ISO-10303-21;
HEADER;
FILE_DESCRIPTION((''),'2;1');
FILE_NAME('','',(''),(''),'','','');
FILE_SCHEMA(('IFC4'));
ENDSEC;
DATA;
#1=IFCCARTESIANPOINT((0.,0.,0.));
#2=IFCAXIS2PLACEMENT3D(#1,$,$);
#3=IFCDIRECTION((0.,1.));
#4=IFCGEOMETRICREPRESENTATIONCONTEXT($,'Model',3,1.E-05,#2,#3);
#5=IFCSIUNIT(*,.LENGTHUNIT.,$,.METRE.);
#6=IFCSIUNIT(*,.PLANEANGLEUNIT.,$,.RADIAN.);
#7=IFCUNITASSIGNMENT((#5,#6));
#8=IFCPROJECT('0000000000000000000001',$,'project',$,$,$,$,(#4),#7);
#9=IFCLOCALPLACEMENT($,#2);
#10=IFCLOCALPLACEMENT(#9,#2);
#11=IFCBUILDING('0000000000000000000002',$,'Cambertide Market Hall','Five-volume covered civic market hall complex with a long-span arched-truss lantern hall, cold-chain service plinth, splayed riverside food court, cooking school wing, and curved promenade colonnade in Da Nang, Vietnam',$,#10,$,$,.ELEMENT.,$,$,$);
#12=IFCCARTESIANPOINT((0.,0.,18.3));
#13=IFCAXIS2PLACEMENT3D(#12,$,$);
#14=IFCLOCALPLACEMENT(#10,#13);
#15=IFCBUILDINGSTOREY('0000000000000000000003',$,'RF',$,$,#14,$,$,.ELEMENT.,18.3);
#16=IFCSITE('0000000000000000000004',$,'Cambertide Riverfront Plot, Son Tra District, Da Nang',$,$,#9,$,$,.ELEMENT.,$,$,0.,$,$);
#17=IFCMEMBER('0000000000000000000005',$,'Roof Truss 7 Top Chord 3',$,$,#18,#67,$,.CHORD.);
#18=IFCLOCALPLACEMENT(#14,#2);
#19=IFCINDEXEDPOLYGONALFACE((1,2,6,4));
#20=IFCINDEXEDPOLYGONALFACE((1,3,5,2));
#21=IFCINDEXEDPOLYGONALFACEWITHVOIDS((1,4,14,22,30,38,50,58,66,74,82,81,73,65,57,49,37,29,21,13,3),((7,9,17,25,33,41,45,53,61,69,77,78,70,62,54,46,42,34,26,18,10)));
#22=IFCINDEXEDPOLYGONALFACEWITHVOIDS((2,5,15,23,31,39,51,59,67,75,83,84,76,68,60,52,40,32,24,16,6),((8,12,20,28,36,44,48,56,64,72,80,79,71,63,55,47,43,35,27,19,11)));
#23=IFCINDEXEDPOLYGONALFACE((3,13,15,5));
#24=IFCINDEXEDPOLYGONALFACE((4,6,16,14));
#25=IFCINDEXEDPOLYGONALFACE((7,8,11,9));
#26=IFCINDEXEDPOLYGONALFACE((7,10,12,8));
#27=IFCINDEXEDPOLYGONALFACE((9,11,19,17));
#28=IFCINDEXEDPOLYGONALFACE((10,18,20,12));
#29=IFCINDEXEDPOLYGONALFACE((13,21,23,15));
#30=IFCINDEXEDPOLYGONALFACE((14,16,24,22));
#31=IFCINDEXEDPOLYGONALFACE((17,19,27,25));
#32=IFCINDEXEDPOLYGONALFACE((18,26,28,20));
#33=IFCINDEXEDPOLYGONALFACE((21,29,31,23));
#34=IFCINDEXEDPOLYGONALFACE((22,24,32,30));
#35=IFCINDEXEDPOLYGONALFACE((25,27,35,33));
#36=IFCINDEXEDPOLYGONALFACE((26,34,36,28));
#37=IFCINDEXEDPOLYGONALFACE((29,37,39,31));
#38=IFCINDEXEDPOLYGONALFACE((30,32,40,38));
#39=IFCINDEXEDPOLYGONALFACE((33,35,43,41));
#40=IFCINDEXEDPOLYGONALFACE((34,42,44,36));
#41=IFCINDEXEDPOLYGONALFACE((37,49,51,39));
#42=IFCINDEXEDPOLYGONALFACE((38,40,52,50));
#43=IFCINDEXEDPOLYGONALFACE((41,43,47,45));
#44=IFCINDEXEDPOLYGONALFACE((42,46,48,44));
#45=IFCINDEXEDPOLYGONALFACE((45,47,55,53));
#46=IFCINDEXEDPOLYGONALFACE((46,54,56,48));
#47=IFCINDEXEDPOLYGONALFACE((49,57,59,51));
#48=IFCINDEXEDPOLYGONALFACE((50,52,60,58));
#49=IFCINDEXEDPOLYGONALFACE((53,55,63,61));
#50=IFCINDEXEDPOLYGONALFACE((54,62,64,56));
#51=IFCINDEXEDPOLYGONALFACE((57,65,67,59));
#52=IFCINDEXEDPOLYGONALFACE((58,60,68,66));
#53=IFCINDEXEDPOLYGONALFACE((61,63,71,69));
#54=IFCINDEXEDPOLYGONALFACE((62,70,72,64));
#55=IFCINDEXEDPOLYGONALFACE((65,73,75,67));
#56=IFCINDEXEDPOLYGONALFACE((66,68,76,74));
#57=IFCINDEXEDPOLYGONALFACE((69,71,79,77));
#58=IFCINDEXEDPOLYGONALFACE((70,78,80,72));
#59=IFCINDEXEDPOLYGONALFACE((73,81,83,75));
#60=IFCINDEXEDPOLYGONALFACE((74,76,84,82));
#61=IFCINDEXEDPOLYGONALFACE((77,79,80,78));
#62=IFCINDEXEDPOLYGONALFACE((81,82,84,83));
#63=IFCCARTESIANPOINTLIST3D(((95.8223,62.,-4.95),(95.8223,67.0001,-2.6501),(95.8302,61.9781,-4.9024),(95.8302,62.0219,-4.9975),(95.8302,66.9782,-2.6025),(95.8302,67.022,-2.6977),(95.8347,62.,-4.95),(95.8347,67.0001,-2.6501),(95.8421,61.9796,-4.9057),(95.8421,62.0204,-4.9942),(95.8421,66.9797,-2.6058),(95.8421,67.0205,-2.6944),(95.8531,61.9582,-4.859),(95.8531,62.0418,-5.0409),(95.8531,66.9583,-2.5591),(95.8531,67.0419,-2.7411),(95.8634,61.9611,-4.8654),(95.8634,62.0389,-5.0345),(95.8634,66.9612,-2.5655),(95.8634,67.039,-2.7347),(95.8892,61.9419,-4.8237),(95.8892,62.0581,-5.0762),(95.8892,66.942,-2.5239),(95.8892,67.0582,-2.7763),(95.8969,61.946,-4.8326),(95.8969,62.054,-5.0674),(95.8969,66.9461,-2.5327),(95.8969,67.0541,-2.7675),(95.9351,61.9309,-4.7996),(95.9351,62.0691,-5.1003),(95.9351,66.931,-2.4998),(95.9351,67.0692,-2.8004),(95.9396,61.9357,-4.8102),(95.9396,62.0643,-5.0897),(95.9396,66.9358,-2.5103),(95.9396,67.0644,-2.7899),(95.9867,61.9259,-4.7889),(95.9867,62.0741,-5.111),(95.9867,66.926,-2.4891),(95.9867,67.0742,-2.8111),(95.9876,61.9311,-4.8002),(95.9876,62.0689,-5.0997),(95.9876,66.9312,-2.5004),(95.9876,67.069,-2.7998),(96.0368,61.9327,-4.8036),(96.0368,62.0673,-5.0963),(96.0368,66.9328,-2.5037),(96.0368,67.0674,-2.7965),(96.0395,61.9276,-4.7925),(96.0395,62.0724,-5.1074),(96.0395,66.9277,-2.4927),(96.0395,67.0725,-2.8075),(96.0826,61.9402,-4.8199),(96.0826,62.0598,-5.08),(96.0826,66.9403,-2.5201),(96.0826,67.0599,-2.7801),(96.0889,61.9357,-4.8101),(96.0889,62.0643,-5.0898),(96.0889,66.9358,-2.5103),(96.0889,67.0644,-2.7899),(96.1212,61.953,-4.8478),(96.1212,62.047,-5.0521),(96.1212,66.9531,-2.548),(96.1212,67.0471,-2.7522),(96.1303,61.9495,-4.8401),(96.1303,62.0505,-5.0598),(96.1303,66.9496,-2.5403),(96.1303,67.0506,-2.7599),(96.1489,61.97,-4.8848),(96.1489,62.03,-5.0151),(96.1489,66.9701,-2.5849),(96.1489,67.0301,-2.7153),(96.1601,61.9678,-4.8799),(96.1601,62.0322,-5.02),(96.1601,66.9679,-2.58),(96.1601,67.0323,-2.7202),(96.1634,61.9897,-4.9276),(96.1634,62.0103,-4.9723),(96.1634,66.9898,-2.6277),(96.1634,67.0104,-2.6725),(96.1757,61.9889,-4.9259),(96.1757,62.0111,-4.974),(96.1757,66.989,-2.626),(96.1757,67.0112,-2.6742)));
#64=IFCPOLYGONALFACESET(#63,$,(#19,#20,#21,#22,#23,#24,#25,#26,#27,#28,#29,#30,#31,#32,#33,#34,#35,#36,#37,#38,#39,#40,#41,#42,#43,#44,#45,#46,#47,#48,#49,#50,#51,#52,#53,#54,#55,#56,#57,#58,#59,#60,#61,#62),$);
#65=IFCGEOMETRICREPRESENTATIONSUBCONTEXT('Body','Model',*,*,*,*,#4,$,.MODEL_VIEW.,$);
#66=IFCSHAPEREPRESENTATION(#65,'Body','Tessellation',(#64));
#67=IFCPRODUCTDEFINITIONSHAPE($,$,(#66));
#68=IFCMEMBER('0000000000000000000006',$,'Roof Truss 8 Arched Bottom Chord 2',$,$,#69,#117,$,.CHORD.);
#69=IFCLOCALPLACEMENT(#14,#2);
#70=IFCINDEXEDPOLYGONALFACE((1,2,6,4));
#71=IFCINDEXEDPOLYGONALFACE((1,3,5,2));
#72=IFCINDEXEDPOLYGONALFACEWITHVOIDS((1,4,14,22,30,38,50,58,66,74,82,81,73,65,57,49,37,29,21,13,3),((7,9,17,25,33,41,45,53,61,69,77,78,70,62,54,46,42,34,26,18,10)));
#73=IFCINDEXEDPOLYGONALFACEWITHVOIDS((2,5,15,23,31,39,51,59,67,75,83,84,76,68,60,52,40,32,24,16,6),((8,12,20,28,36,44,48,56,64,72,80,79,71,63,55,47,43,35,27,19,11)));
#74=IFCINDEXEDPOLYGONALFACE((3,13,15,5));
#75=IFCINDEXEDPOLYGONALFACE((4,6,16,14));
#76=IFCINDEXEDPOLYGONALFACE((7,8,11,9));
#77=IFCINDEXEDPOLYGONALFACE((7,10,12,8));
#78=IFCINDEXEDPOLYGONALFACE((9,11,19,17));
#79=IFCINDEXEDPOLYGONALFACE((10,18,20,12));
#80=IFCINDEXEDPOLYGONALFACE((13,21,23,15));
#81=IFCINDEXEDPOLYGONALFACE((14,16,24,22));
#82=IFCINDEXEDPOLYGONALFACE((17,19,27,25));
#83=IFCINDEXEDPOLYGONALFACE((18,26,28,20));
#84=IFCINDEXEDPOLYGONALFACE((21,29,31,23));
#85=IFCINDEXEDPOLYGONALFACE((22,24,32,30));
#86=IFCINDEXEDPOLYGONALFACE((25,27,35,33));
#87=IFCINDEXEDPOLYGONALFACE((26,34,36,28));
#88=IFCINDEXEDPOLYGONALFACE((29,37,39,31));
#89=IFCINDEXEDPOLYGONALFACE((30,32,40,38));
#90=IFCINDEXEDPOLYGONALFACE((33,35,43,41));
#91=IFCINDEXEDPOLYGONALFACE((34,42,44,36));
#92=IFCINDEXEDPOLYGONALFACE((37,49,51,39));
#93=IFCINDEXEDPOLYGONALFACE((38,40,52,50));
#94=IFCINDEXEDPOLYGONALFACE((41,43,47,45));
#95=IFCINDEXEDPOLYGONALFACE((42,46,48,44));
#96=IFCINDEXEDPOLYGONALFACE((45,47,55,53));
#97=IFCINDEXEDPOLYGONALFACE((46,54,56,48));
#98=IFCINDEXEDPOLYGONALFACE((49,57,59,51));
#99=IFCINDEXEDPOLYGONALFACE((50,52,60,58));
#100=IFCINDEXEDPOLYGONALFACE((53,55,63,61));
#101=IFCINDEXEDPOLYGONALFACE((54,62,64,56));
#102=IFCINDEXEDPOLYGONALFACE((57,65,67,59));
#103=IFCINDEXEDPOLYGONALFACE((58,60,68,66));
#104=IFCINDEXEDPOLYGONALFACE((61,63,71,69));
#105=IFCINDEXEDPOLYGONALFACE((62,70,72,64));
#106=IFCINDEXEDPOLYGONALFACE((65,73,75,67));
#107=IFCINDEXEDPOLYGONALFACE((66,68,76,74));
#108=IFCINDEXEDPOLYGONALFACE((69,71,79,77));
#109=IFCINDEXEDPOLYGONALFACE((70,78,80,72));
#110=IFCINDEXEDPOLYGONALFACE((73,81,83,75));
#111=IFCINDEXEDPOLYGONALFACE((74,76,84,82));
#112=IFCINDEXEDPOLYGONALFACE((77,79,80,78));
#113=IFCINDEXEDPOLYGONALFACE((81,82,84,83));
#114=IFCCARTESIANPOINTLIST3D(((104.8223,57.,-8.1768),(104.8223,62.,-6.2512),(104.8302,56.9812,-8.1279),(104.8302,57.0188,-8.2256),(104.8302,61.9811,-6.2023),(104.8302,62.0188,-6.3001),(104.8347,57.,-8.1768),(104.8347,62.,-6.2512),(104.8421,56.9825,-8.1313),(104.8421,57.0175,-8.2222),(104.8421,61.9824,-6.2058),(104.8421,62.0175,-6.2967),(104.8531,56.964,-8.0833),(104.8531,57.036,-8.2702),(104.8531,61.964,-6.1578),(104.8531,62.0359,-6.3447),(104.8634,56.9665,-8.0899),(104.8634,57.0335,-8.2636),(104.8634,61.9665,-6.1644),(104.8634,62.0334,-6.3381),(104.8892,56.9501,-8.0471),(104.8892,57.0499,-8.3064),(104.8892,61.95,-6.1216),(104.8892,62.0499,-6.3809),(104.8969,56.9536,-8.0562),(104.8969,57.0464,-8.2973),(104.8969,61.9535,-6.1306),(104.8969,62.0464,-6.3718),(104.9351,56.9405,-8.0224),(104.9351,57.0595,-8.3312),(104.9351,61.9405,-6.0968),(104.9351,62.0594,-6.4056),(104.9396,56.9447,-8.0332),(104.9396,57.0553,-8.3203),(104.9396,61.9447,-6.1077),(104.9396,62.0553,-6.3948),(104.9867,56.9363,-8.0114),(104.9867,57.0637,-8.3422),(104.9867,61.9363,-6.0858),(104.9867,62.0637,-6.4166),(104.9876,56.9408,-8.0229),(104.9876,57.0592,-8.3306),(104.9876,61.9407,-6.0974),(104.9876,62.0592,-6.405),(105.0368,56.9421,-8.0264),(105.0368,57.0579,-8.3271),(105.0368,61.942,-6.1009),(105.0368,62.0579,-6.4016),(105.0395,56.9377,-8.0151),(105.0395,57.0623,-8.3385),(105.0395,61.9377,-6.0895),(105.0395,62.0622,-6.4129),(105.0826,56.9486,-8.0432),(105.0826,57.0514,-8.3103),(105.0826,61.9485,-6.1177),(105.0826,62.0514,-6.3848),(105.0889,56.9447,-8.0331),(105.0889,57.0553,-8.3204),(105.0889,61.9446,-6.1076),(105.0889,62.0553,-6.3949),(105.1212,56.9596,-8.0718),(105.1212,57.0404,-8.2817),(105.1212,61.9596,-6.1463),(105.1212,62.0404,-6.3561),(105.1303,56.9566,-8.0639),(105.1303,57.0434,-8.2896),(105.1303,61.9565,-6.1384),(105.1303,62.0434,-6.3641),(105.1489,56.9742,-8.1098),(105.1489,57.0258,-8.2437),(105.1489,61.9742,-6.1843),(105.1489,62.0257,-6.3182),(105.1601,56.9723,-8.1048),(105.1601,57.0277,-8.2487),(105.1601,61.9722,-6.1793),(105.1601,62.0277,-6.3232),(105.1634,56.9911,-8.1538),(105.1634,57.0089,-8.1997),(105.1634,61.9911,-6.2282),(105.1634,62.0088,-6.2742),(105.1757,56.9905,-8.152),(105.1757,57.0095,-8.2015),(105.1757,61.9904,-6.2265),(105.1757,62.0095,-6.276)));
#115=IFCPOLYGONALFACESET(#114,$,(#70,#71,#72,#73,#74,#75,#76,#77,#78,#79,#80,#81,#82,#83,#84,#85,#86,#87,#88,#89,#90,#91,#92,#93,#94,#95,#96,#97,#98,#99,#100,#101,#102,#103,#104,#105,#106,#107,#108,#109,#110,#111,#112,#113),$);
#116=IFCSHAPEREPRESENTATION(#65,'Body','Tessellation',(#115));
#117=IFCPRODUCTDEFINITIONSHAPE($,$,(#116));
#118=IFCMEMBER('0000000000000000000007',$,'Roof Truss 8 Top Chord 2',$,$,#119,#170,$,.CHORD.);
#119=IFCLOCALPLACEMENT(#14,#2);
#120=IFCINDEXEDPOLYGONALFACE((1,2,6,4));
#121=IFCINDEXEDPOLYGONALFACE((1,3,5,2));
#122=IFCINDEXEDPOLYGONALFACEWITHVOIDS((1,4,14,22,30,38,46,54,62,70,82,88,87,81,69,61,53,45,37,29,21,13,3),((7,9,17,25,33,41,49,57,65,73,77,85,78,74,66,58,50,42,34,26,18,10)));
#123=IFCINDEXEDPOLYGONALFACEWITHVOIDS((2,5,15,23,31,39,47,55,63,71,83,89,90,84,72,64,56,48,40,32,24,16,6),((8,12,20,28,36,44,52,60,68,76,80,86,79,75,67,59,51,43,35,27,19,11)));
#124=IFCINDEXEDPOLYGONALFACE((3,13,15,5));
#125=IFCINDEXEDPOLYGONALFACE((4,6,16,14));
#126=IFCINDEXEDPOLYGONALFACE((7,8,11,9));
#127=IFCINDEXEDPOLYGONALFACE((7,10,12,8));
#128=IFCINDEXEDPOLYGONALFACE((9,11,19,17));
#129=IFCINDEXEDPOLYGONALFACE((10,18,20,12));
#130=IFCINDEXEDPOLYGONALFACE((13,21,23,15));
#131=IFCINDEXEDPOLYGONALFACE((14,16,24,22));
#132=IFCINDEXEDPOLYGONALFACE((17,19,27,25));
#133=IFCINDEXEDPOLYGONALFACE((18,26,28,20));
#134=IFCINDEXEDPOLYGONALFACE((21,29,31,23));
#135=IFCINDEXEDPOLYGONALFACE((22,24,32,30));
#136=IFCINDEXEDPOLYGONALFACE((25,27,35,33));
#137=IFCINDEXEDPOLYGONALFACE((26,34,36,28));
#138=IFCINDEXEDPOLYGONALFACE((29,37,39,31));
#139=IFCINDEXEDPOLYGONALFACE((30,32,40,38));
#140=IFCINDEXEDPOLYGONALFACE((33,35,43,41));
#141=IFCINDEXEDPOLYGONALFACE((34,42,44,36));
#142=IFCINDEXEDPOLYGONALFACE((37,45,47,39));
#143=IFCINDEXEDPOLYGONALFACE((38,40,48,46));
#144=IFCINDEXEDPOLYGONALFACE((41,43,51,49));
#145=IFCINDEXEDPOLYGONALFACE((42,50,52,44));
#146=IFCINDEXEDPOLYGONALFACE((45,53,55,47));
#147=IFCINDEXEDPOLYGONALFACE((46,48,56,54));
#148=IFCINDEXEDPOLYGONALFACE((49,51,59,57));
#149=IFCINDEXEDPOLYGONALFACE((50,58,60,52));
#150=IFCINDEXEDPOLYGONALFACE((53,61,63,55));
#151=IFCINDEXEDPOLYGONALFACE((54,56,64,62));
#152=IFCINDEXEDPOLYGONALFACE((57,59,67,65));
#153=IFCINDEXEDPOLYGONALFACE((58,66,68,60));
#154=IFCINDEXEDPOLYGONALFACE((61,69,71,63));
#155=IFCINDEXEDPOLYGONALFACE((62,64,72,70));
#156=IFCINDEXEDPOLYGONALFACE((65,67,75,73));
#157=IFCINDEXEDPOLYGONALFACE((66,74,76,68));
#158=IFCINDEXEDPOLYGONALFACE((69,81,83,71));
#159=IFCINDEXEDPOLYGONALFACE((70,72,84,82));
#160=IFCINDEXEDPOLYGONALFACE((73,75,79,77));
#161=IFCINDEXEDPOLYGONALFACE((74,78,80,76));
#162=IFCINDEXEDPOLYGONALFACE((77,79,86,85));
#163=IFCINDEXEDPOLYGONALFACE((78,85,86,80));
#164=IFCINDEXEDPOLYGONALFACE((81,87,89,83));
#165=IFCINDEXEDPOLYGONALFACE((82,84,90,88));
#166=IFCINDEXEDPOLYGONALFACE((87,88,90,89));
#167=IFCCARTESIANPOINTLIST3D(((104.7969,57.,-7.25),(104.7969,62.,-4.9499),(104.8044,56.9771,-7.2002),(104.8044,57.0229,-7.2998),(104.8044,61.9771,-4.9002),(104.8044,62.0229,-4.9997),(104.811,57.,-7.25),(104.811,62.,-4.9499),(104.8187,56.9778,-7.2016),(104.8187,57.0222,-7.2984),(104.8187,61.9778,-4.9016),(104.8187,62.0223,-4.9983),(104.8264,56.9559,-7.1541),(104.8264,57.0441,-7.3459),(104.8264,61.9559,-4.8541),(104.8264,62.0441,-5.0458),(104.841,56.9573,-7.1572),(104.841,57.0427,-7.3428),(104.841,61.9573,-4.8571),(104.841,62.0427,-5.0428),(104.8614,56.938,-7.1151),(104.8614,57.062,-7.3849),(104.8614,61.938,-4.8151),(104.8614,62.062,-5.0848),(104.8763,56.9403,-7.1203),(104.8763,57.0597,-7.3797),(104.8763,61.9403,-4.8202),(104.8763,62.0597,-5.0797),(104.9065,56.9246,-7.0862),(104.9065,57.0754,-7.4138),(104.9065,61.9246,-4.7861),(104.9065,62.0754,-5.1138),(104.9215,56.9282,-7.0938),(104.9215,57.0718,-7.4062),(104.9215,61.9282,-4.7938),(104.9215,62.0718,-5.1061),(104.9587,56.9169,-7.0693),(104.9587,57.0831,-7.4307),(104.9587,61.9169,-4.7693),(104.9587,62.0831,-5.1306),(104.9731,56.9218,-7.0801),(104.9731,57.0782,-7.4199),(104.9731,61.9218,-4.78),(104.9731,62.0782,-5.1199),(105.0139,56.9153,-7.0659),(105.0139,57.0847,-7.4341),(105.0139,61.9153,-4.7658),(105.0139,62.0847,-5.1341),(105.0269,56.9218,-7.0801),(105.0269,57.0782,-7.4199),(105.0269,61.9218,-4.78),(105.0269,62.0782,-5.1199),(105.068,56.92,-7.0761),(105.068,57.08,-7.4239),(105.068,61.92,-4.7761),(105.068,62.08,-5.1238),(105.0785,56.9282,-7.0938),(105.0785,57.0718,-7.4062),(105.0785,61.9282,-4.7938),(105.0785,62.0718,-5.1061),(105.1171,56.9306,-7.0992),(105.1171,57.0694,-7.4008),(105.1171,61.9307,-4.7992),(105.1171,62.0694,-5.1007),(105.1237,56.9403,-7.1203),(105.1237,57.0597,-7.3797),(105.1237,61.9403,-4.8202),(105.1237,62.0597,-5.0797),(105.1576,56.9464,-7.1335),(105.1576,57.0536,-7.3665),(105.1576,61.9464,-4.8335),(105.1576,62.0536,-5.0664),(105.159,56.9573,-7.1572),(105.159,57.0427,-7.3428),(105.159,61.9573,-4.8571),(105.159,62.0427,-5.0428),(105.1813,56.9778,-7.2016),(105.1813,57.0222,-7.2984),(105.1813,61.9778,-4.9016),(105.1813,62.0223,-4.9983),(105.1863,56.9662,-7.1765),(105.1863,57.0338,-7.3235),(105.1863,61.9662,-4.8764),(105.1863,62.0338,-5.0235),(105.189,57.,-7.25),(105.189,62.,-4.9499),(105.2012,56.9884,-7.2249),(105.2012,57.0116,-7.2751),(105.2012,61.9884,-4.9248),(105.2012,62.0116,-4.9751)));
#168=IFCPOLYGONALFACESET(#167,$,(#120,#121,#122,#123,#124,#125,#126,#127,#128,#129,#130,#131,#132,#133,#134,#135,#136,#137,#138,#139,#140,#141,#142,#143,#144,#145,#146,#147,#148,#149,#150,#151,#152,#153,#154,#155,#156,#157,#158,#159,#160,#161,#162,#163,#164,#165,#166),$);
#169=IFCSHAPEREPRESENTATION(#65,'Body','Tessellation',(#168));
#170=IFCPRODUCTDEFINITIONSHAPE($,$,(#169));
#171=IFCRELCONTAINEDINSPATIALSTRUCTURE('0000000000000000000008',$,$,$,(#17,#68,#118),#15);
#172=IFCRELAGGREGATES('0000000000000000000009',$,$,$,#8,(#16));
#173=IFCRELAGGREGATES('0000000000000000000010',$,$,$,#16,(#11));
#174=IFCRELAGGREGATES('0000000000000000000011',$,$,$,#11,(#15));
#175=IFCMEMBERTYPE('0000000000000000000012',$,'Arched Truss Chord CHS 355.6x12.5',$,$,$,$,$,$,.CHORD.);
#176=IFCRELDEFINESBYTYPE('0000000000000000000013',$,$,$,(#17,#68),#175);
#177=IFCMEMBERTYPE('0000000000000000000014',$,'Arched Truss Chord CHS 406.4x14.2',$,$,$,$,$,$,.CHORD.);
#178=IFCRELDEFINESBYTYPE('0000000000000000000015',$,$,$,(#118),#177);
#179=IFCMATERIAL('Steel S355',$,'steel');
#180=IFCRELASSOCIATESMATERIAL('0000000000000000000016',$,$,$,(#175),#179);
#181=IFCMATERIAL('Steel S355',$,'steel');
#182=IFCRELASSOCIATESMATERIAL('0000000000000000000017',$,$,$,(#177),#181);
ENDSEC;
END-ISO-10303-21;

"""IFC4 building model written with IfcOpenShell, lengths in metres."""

from ifc_helpers import new_model, si_unit, direction, frame, origin, origin_2d, place, context, subcontext, project, spatial, hollow_circle, extrude, material, material_profile, profile_set, type_object, element, save


model = new_model("IFC4")

# Units and contexts
model_context = context("Model", 3, precision=1e-05, world=origin(), true_north=direction((0.0, 1.0)))
body_context = subcontext(model_context, "Body", "Model", "MODEL_VIEW")
ifc_project = project(units=[si_unit("LENGTHUNIT", "METRE"), si_unit("PLANEANGLEUNIT", "RADIAN")], contexts=[model_context])

# Site, building, storey
site_placement = place(None, origin())
site = spatial("IfcSite", under=ifc_project, at=site_placement, Name="Cambertide Riverfront Plot, Son Tra District, Da Nang", CompositionType="ELEMENT", RefElevation=0.0)
building_placement = place(site_placement, origin())
building = spatial("IfcBuilding", under=site, at=building_placement, Name="Cambertide Market Hall", Description="Five-volume covered civic market hall complex with a long-span arched-truss lantern hall, cold-chain service plinth, splayed riverside food court, cooking school wing, and curved promenade colonnade in Da Nang, Vietnam", CompositionType="ELEMENT")
storey_placement = place(building_placement, frame((0.0, 0.0, 18.3)))
storey = spatial("IfcBuildingStorey", under=building, at=storey_placement, Name="RF", CompositionType="ELEMENT", Elevation=18.3)

# Members
ifc_material_1 = material(Name="Steel S355", Category="steel")
ifc_material_profile_1 = material_profile(ifc_material_1, hollow_circle(Radius=0.1777, WallThickness=0.0125, at=origin_2d()), Name="CHS 355.6x12.5")
ifc_profile_set_1 = profile_set([ifc_material_profile_1], Name="Steel S355")
member_type_1 = type_object("IfcMemberType", Name="Arched Truss Chord CHS 355.6x12.5", PredefinedType="CHORD", material=ifc_profile_set_1)
for number, where, z_axis, x_axis, name in (
    (1, (96.0, 62.0, -4.95), (0.0, 0.908504, 0.417876), (-1.0, 0.0, 0.0), "Roof Truss 7 Top Chord 3"),
):
    element("IfcMember", number, at=place(storey_placement, frame(where, z_axis=z_axis, x_axis=x_axis)), inside=storey, type_object=member_type_1, Name=name, PredefinedType="CHORD", context=body_context, shape_type="SweptSolid", body=[
        extrude(hollow_circle(Radius=0.1777, WallThickness=0.0125, at=origin_2d()), origin(), (0.0, 0.0, 1.0), 5.5037),
    ])
member_1_placement = place(storey_placement, frame((105.0, 57.0, -8.1768), z_axis=(0.0, 0.933192, 0.359379), x_axis=(-1.0, 0.0, 0.0)))
element("IfcMember", 2, at=member_1_placement, inside=storey, type_object=member_type_1, Name="Roof Truss 8 Arched Bottom Chord 2", PredefinedType="CHORD", context=body_context, shape_type="SweptSolid", body=[
    extrude(hollow_circle(Radius=0.1777, WallThickness=0.0125, at=origin_2d()), origin(), (0.0, 0.0, 1.0), 5.3579),
])
ifc_material_2 = material(Name="Steel S355", Category="steel")
ifc_material_profile_2 = material_profile(ifc_material_2, hollow_circle(Radius=0.2031, WallThickness=0.0142, at=origin_2d()), Name="CHS 406.4x14.2")
ifc_profile_set_2 = profile_set([ifc_material_profile_2], Name="Steel S355")
member_type_2 = type_object("IfcMemberType", Name="Arched Truss Chord CHS 406.4x14.2", PredefinedType="CHORD", material=ifc_profile_set_2)
member_2_placement = place(storey_placement, frame((105.0, 57.0, -7.25), z_axis=(0.0, 0.908487, 0.417913), x_axis=(-1.0, 0.0, 0.0)))
element("IfcMember", 3, at=member_2_placement, inside=storey, type_object=member_type_2, Name="Roof Truss 8 Top Chord 2", PredefinedType="CHORD", context=body_context, shape_type="SweptSolid", body=[
    extrude(hollow_circle(Radius=0.2031, WallThickness=0.0142, at=origin_2d()), origin(), (0.0, 0.0, 1.0), 5.5037),
])

save(model, "model.ifc")
